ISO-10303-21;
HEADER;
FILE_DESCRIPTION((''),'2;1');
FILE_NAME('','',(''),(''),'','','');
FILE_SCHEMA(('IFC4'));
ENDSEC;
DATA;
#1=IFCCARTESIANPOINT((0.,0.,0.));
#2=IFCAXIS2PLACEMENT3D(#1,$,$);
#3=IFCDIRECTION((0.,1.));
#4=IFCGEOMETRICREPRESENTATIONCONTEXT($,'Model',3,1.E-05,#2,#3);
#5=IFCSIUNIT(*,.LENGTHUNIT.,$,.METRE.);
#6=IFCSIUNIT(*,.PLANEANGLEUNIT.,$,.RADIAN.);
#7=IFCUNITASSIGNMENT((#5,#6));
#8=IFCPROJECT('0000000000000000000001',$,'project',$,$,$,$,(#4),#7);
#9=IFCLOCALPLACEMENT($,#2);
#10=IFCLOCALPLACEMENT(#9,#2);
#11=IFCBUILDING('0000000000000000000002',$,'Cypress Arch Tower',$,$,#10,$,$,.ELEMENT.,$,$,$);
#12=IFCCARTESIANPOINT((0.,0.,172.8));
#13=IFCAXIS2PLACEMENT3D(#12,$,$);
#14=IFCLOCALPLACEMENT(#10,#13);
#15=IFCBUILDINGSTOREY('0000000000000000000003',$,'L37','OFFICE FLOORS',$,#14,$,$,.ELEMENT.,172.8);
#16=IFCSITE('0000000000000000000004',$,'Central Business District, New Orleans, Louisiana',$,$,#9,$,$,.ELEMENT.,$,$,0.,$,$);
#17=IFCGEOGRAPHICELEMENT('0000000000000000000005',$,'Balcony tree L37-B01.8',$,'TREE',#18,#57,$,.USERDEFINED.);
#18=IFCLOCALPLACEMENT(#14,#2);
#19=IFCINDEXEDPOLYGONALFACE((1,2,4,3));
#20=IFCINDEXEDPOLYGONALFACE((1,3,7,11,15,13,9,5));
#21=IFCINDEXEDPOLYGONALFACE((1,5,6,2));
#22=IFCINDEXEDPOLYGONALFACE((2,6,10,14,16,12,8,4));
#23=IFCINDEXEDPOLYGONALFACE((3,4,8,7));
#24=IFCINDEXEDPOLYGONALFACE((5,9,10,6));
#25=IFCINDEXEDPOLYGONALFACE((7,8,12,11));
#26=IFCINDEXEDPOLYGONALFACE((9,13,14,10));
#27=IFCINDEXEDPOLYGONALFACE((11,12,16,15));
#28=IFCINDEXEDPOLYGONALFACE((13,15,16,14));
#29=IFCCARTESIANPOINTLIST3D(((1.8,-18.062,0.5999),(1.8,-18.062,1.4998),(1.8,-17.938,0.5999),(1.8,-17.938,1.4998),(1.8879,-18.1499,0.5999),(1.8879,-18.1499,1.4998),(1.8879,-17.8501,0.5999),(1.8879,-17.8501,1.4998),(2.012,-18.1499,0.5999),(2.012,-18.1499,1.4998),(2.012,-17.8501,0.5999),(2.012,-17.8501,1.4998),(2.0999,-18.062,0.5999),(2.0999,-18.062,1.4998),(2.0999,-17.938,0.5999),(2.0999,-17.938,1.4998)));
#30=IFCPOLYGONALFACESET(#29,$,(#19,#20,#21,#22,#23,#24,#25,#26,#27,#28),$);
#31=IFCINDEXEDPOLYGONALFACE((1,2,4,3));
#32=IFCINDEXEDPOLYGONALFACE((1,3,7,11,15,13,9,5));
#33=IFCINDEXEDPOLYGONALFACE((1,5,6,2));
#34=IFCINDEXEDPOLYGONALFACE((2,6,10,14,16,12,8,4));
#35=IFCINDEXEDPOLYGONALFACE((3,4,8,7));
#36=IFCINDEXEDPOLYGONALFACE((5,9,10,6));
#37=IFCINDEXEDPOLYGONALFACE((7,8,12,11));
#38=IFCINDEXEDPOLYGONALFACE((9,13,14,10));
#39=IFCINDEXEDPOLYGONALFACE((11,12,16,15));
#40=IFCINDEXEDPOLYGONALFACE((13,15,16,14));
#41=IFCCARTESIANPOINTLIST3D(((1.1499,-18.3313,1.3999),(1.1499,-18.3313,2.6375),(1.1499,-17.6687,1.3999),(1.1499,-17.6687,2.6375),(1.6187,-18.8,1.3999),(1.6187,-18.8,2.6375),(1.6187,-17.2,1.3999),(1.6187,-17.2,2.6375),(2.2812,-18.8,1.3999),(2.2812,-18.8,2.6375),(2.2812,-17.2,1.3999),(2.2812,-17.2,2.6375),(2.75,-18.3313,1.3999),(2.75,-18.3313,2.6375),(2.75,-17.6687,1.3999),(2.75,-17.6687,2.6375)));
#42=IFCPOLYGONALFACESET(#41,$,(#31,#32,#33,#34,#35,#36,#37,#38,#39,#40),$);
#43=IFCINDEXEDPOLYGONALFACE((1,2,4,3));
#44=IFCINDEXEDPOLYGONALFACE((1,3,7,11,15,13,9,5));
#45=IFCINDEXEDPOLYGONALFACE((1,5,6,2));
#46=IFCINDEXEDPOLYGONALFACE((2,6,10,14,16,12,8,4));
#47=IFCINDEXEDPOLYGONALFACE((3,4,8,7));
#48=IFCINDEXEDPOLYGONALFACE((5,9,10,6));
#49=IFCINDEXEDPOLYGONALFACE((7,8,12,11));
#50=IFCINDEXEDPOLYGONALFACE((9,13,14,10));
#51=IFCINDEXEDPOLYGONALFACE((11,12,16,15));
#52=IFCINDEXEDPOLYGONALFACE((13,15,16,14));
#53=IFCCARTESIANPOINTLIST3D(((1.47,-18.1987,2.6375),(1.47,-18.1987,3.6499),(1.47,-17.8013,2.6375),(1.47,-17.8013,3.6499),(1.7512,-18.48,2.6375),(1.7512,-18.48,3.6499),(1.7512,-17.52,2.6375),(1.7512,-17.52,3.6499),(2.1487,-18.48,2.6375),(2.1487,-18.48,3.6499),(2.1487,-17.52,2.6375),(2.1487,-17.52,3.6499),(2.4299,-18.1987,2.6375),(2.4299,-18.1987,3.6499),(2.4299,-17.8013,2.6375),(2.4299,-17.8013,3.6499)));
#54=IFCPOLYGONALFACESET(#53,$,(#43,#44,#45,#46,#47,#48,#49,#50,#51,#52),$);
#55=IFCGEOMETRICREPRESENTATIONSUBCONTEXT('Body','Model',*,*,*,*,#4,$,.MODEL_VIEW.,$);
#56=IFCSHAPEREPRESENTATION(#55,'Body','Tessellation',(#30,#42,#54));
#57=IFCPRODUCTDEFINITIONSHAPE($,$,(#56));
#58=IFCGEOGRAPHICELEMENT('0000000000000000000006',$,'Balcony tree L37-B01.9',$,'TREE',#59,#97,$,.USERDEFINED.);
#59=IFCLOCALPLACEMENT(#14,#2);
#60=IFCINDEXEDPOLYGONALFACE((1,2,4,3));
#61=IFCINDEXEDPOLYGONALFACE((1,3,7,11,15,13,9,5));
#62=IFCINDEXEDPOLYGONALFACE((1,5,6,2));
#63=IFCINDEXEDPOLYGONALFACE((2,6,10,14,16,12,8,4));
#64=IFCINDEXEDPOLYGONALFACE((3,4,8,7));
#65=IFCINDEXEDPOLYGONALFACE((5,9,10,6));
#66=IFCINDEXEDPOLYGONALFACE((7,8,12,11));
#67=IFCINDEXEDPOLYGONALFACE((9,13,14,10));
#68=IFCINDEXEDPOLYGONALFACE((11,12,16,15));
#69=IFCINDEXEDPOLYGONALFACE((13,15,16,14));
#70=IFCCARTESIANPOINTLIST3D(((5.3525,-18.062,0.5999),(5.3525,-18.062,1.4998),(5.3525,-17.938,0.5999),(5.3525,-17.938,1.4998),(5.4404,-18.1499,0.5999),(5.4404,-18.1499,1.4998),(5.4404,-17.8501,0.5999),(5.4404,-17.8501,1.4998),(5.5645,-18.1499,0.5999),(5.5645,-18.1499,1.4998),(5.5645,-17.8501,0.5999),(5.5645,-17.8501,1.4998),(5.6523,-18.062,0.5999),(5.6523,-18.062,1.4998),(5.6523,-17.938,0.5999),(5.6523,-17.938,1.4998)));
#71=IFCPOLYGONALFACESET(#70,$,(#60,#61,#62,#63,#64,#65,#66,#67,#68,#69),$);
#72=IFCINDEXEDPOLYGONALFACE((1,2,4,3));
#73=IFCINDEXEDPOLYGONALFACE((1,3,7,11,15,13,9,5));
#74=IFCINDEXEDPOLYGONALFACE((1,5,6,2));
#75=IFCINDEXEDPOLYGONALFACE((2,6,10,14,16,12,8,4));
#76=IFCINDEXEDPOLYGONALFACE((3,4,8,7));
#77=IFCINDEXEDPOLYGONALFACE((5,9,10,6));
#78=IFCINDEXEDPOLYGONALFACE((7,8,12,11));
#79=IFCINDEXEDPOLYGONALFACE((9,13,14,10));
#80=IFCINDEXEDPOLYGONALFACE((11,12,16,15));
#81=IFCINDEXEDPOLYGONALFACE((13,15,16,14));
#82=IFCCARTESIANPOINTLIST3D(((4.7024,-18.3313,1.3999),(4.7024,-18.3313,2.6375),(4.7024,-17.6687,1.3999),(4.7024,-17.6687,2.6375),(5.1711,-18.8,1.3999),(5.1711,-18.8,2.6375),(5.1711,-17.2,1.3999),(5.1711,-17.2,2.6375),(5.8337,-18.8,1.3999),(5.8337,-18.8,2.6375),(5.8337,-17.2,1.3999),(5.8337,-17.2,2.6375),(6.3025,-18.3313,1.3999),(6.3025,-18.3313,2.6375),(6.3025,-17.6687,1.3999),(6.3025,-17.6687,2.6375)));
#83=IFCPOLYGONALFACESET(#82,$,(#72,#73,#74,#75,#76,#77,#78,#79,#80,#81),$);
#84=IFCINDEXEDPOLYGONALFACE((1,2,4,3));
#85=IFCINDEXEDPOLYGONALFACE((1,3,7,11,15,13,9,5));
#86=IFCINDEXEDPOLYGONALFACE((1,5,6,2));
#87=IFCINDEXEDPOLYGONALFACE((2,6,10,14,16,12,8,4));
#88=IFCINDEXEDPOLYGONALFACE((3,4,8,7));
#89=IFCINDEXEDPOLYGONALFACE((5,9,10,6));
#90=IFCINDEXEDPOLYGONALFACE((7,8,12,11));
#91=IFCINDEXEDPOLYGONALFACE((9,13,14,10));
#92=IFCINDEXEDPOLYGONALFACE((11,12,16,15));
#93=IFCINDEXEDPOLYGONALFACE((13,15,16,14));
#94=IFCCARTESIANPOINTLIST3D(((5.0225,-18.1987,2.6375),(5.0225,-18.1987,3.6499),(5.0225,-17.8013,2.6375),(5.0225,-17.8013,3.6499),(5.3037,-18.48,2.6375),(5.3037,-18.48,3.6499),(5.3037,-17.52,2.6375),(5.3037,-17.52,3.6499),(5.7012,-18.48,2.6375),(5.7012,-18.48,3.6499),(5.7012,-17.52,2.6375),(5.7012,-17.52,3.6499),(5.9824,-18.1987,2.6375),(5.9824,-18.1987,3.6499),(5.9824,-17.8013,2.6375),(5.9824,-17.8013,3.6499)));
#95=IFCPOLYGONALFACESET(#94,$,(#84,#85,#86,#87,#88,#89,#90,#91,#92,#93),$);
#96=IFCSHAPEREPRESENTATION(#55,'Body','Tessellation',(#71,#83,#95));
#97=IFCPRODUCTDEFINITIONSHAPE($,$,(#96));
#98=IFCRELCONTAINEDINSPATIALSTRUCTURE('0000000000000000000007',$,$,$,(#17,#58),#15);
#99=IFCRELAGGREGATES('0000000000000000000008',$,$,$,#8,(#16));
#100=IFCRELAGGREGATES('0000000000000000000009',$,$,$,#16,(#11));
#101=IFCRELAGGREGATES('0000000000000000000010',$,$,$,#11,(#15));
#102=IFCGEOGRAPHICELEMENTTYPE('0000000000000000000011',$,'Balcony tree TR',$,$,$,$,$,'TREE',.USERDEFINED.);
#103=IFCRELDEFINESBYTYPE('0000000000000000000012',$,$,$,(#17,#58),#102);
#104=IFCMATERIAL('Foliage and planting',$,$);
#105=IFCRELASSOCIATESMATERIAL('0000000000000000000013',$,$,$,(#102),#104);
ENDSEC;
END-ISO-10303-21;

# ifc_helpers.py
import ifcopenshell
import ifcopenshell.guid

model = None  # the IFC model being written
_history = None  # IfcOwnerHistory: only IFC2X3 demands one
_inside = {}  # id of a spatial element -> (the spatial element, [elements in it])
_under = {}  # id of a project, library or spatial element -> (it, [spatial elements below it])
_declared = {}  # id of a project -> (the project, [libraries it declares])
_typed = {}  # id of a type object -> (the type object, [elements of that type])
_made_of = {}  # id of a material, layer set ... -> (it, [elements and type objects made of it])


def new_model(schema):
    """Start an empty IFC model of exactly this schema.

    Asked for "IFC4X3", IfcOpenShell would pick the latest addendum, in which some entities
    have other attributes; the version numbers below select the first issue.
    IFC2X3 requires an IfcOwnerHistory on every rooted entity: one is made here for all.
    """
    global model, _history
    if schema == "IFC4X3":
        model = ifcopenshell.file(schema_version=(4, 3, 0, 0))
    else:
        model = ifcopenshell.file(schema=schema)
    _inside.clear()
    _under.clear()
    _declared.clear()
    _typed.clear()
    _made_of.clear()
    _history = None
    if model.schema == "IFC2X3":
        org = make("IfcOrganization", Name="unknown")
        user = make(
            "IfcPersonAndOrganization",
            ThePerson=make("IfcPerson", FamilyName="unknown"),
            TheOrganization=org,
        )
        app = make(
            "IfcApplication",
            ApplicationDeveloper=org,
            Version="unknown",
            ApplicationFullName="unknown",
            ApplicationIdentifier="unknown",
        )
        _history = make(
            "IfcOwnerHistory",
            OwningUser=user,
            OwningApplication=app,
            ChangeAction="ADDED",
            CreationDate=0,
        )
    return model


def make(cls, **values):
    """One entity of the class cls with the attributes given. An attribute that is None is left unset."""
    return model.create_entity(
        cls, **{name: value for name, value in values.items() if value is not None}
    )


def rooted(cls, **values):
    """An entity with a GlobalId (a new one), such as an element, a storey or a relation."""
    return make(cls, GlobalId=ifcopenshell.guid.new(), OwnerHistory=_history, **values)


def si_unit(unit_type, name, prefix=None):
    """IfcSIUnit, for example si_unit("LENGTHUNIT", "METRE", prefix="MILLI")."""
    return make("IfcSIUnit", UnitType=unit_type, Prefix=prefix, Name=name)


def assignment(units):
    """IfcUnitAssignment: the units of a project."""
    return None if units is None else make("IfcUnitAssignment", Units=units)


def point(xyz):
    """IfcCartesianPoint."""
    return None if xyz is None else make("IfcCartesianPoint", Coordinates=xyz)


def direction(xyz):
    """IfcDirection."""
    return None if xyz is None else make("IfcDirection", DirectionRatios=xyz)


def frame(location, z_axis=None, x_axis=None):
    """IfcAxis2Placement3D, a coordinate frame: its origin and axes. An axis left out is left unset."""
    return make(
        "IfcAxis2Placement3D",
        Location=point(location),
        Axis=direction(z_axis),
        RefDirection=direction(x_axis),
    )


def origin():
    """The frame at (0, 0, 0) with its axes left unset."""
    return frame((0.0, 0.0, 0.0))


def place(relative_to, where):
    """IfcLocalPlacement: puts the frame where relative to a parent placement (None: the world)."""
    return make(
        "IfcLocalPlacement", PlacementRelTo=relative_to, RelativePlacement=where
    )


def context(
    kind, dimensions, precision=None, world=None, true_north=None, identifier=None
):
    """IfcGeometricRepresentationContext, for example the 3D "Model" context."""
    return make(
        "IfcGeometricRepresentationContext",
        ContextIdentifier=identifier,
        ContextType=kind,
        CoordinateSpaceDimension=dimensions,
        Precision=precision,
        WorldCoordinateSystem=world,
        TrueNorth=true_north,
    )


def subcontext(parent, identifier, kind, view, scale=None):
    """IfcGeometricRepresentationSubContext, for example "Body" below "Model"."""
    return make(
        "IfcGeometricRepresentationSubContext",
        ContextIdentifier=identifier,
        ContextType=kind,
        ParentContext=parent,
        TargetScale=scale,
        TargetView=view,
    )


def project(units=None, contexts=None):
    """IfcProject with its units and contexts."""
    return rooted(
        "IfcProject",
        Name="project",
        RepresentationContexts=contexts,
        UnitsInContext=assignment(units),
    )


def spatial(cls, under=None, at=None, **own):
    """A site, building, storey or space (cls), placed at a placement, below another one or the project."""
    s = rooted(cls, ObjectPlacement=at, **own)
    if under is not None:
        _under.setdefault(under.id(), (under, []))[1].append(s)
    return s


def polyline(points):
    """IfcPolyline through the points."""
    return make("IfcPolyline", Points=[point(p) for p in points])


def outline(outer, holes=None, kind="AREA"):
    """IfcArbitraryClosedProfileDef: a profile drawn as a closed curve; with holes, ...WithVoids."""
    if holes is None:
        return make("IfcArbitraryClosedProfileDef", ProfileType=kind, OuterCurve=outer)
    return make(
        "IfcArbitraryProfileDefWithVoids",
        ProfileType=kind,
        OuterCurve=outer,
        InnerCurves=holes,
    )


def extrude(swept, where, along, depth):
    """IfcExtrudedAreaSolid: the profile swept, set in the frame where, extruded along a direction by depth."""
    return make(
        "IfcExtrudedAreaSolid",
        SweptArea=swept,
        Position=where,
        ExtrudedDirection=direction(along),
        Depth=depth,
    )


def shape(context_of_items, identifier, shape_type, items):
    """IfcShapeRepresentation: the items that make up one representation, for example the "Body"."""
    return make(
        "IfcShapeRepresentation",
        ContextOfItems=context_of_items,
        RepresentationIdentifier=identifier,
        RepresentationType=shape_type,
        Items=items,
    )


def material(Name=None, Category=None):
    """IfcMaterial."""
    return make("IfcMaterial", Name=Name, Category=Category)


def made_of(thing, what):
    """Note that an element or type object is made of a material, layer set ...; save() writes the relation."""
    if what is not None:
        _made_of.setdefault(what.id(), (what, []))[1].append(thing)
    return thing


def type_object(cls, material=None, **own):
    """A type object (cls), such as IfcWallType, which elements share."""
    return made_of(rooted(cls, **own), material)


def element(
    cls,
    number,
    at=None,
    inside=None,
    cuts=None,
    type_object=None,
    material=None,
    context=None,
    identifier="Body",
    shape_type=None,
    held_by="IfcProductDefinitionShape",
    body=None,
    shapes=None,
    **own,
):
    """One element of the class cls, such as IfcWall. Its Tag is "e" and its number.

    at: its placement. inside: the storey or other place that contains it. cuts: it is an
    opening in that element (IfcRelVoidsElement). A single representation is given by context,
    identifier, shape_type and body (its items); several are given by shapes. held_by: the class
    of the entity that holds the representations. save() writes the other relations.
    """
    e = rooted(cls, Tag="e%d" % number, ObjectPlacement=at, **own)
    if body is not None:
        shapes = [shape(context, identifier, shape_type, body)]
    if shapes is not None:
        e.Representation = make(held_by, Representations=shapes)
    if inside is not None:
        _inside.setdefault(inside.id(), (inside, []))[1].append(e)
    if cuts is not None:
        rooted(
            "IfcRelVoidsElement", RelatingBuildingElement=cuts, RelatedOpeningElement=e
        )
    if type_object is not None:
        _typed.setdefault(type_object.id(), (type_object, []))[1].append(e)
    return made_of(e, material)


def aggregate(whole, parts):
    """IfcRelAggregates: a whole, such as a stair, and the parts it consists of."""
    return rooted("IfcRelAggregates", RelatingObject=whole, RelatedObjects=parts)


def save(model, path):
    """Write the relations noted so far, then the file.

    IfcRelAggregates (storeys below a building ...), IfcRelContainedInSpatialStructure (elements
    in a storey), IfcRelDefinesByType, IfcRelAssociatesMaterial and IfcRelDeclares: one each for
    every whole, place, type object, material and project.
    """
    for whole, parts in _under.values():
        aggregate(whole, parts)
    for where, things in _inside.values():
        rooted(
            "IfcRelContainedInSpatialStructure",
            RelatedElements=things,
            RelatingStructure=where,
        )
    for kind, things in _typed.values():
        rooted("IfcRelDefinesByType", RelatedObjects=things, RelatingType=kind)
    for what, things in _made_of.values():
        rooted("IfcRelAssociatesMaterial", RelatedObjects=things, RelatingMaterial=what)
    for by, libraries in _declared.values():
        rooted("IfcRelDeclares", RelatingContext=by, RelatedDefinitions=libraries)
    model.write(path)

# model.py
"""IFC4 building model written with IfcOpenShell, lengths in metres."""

from ifc_helpers import new_model, si_unit, direction, frame, origin, place, context, subcontext, project, spatial, polyline, outline, extrude, material, type_object, element, save


model = new_model("IFC4")

# Units and contexts
model_context = context("Model", 3, precision=1e-05, world=origin(), true_north=direction((0.0, 1.0)))
body_context = subcontext(model_context, "Body", "Model", "MODEL_VIEW")
ifc_project = project(units=[si_unit("LENGTHUNIT", "METRE"), si_unit("PLANEANGLEUNIT", "RADIAN")], contexts=[model_context])

# Site, building, storey
site_placement = place(None, origin())
site = spatial("IfcSite", under=ifc_project, at=site_placement, Name="Central Business District, New Orleans, Louisiana", CompositionType="ELEMENT", RefElevation=0.0)
building_placement = place(site_placement, origin())
building = spatial("IfcBuilding", under=site, at=building_placement, Name="Cypress Arch Tower", CompositionType="ELEMENT")
storey_placement = place(building_placement, frame((0.0, 0.0, 172.8)))
storey = spatial("IfcBuildingStorey", under=building, at=storey_placement, Name="L37", Description="OFFICE FLOORS", CompositionType="ELEMENT", Elevation=172.8)

# Geographic elements
ifc_material_1 = material(Name="Foliage and planting")
geographic_element_type = type_object("IfcGeographicElementType", Name="Balcony tree TR", ElementType="TREE", PredefinedType="USERDEFINED", material=ifc_material_1)
for number, where, z_axis, x_axis, name in (
    (1, (1.95, -18.0, 0.5999), (0.0, 0.0, 1.0), (1.0, 0.0, 0.0), "Balcony tree L37-B01.8"),
    (2, (5.5024, -18.0, 0.5999), (0.0, 0.0, 1.0), (1.0, 0.0, 0.0), "Balcony tree L37-B01.9"),
):
    element("IfcGeographicElement", number, at=place(storey_placement, frame(where, z_axis=z_axis, x_axis=x_axis)), inside=storey, type_object=geographic_element_type, Name=name, ObjectType="TREE", PredefinedType="USERDEFINED", context=body_context, shape_type="SweptSolid", body=[
        extrude(outline(polyline([(0.1499, 0.062), (0.062, 0.1499), (-0.062, 0.1499), (-0.1499, 0.062), (-0.1499, -0.062), (-0.062, -0.1499), (0.062, -0.1499), (0.1499, -0.062), (0.1499, 0.062)])), origin(), (0.0, 0.0, 1.0), 0.8999),
        extrude(outline(polyline([(0.8, 0.3313), (0.3313, 0.8), (-0.3313, 0.8), (-0.8, 0.3313), (-0.8, -0.3313), (-0.3313, -0.8), (0.3313, -0.8), (0.8, -0.3313), (0.8, 0.3313)])), frame((0.0, 0.0, 0.8)), (0.0, 0.0, 1.0), 1.2375),
        extrude(outline(polyline([(0.48, 0.1987), (0.1987, 0.48), (-0.1987, 0.48), (-0.48, 0.1987), (-0.48, -0.1987), (-0.1987, -0.48), (0.1987, -0.48), (0.48, -0.1987), (0.48, 0.1987)])), frame((0.0, 0.0, 2.0376)), (0.0, 0.0, 1.0), 1.0125),
    ])

save(model, "model.ifc")
